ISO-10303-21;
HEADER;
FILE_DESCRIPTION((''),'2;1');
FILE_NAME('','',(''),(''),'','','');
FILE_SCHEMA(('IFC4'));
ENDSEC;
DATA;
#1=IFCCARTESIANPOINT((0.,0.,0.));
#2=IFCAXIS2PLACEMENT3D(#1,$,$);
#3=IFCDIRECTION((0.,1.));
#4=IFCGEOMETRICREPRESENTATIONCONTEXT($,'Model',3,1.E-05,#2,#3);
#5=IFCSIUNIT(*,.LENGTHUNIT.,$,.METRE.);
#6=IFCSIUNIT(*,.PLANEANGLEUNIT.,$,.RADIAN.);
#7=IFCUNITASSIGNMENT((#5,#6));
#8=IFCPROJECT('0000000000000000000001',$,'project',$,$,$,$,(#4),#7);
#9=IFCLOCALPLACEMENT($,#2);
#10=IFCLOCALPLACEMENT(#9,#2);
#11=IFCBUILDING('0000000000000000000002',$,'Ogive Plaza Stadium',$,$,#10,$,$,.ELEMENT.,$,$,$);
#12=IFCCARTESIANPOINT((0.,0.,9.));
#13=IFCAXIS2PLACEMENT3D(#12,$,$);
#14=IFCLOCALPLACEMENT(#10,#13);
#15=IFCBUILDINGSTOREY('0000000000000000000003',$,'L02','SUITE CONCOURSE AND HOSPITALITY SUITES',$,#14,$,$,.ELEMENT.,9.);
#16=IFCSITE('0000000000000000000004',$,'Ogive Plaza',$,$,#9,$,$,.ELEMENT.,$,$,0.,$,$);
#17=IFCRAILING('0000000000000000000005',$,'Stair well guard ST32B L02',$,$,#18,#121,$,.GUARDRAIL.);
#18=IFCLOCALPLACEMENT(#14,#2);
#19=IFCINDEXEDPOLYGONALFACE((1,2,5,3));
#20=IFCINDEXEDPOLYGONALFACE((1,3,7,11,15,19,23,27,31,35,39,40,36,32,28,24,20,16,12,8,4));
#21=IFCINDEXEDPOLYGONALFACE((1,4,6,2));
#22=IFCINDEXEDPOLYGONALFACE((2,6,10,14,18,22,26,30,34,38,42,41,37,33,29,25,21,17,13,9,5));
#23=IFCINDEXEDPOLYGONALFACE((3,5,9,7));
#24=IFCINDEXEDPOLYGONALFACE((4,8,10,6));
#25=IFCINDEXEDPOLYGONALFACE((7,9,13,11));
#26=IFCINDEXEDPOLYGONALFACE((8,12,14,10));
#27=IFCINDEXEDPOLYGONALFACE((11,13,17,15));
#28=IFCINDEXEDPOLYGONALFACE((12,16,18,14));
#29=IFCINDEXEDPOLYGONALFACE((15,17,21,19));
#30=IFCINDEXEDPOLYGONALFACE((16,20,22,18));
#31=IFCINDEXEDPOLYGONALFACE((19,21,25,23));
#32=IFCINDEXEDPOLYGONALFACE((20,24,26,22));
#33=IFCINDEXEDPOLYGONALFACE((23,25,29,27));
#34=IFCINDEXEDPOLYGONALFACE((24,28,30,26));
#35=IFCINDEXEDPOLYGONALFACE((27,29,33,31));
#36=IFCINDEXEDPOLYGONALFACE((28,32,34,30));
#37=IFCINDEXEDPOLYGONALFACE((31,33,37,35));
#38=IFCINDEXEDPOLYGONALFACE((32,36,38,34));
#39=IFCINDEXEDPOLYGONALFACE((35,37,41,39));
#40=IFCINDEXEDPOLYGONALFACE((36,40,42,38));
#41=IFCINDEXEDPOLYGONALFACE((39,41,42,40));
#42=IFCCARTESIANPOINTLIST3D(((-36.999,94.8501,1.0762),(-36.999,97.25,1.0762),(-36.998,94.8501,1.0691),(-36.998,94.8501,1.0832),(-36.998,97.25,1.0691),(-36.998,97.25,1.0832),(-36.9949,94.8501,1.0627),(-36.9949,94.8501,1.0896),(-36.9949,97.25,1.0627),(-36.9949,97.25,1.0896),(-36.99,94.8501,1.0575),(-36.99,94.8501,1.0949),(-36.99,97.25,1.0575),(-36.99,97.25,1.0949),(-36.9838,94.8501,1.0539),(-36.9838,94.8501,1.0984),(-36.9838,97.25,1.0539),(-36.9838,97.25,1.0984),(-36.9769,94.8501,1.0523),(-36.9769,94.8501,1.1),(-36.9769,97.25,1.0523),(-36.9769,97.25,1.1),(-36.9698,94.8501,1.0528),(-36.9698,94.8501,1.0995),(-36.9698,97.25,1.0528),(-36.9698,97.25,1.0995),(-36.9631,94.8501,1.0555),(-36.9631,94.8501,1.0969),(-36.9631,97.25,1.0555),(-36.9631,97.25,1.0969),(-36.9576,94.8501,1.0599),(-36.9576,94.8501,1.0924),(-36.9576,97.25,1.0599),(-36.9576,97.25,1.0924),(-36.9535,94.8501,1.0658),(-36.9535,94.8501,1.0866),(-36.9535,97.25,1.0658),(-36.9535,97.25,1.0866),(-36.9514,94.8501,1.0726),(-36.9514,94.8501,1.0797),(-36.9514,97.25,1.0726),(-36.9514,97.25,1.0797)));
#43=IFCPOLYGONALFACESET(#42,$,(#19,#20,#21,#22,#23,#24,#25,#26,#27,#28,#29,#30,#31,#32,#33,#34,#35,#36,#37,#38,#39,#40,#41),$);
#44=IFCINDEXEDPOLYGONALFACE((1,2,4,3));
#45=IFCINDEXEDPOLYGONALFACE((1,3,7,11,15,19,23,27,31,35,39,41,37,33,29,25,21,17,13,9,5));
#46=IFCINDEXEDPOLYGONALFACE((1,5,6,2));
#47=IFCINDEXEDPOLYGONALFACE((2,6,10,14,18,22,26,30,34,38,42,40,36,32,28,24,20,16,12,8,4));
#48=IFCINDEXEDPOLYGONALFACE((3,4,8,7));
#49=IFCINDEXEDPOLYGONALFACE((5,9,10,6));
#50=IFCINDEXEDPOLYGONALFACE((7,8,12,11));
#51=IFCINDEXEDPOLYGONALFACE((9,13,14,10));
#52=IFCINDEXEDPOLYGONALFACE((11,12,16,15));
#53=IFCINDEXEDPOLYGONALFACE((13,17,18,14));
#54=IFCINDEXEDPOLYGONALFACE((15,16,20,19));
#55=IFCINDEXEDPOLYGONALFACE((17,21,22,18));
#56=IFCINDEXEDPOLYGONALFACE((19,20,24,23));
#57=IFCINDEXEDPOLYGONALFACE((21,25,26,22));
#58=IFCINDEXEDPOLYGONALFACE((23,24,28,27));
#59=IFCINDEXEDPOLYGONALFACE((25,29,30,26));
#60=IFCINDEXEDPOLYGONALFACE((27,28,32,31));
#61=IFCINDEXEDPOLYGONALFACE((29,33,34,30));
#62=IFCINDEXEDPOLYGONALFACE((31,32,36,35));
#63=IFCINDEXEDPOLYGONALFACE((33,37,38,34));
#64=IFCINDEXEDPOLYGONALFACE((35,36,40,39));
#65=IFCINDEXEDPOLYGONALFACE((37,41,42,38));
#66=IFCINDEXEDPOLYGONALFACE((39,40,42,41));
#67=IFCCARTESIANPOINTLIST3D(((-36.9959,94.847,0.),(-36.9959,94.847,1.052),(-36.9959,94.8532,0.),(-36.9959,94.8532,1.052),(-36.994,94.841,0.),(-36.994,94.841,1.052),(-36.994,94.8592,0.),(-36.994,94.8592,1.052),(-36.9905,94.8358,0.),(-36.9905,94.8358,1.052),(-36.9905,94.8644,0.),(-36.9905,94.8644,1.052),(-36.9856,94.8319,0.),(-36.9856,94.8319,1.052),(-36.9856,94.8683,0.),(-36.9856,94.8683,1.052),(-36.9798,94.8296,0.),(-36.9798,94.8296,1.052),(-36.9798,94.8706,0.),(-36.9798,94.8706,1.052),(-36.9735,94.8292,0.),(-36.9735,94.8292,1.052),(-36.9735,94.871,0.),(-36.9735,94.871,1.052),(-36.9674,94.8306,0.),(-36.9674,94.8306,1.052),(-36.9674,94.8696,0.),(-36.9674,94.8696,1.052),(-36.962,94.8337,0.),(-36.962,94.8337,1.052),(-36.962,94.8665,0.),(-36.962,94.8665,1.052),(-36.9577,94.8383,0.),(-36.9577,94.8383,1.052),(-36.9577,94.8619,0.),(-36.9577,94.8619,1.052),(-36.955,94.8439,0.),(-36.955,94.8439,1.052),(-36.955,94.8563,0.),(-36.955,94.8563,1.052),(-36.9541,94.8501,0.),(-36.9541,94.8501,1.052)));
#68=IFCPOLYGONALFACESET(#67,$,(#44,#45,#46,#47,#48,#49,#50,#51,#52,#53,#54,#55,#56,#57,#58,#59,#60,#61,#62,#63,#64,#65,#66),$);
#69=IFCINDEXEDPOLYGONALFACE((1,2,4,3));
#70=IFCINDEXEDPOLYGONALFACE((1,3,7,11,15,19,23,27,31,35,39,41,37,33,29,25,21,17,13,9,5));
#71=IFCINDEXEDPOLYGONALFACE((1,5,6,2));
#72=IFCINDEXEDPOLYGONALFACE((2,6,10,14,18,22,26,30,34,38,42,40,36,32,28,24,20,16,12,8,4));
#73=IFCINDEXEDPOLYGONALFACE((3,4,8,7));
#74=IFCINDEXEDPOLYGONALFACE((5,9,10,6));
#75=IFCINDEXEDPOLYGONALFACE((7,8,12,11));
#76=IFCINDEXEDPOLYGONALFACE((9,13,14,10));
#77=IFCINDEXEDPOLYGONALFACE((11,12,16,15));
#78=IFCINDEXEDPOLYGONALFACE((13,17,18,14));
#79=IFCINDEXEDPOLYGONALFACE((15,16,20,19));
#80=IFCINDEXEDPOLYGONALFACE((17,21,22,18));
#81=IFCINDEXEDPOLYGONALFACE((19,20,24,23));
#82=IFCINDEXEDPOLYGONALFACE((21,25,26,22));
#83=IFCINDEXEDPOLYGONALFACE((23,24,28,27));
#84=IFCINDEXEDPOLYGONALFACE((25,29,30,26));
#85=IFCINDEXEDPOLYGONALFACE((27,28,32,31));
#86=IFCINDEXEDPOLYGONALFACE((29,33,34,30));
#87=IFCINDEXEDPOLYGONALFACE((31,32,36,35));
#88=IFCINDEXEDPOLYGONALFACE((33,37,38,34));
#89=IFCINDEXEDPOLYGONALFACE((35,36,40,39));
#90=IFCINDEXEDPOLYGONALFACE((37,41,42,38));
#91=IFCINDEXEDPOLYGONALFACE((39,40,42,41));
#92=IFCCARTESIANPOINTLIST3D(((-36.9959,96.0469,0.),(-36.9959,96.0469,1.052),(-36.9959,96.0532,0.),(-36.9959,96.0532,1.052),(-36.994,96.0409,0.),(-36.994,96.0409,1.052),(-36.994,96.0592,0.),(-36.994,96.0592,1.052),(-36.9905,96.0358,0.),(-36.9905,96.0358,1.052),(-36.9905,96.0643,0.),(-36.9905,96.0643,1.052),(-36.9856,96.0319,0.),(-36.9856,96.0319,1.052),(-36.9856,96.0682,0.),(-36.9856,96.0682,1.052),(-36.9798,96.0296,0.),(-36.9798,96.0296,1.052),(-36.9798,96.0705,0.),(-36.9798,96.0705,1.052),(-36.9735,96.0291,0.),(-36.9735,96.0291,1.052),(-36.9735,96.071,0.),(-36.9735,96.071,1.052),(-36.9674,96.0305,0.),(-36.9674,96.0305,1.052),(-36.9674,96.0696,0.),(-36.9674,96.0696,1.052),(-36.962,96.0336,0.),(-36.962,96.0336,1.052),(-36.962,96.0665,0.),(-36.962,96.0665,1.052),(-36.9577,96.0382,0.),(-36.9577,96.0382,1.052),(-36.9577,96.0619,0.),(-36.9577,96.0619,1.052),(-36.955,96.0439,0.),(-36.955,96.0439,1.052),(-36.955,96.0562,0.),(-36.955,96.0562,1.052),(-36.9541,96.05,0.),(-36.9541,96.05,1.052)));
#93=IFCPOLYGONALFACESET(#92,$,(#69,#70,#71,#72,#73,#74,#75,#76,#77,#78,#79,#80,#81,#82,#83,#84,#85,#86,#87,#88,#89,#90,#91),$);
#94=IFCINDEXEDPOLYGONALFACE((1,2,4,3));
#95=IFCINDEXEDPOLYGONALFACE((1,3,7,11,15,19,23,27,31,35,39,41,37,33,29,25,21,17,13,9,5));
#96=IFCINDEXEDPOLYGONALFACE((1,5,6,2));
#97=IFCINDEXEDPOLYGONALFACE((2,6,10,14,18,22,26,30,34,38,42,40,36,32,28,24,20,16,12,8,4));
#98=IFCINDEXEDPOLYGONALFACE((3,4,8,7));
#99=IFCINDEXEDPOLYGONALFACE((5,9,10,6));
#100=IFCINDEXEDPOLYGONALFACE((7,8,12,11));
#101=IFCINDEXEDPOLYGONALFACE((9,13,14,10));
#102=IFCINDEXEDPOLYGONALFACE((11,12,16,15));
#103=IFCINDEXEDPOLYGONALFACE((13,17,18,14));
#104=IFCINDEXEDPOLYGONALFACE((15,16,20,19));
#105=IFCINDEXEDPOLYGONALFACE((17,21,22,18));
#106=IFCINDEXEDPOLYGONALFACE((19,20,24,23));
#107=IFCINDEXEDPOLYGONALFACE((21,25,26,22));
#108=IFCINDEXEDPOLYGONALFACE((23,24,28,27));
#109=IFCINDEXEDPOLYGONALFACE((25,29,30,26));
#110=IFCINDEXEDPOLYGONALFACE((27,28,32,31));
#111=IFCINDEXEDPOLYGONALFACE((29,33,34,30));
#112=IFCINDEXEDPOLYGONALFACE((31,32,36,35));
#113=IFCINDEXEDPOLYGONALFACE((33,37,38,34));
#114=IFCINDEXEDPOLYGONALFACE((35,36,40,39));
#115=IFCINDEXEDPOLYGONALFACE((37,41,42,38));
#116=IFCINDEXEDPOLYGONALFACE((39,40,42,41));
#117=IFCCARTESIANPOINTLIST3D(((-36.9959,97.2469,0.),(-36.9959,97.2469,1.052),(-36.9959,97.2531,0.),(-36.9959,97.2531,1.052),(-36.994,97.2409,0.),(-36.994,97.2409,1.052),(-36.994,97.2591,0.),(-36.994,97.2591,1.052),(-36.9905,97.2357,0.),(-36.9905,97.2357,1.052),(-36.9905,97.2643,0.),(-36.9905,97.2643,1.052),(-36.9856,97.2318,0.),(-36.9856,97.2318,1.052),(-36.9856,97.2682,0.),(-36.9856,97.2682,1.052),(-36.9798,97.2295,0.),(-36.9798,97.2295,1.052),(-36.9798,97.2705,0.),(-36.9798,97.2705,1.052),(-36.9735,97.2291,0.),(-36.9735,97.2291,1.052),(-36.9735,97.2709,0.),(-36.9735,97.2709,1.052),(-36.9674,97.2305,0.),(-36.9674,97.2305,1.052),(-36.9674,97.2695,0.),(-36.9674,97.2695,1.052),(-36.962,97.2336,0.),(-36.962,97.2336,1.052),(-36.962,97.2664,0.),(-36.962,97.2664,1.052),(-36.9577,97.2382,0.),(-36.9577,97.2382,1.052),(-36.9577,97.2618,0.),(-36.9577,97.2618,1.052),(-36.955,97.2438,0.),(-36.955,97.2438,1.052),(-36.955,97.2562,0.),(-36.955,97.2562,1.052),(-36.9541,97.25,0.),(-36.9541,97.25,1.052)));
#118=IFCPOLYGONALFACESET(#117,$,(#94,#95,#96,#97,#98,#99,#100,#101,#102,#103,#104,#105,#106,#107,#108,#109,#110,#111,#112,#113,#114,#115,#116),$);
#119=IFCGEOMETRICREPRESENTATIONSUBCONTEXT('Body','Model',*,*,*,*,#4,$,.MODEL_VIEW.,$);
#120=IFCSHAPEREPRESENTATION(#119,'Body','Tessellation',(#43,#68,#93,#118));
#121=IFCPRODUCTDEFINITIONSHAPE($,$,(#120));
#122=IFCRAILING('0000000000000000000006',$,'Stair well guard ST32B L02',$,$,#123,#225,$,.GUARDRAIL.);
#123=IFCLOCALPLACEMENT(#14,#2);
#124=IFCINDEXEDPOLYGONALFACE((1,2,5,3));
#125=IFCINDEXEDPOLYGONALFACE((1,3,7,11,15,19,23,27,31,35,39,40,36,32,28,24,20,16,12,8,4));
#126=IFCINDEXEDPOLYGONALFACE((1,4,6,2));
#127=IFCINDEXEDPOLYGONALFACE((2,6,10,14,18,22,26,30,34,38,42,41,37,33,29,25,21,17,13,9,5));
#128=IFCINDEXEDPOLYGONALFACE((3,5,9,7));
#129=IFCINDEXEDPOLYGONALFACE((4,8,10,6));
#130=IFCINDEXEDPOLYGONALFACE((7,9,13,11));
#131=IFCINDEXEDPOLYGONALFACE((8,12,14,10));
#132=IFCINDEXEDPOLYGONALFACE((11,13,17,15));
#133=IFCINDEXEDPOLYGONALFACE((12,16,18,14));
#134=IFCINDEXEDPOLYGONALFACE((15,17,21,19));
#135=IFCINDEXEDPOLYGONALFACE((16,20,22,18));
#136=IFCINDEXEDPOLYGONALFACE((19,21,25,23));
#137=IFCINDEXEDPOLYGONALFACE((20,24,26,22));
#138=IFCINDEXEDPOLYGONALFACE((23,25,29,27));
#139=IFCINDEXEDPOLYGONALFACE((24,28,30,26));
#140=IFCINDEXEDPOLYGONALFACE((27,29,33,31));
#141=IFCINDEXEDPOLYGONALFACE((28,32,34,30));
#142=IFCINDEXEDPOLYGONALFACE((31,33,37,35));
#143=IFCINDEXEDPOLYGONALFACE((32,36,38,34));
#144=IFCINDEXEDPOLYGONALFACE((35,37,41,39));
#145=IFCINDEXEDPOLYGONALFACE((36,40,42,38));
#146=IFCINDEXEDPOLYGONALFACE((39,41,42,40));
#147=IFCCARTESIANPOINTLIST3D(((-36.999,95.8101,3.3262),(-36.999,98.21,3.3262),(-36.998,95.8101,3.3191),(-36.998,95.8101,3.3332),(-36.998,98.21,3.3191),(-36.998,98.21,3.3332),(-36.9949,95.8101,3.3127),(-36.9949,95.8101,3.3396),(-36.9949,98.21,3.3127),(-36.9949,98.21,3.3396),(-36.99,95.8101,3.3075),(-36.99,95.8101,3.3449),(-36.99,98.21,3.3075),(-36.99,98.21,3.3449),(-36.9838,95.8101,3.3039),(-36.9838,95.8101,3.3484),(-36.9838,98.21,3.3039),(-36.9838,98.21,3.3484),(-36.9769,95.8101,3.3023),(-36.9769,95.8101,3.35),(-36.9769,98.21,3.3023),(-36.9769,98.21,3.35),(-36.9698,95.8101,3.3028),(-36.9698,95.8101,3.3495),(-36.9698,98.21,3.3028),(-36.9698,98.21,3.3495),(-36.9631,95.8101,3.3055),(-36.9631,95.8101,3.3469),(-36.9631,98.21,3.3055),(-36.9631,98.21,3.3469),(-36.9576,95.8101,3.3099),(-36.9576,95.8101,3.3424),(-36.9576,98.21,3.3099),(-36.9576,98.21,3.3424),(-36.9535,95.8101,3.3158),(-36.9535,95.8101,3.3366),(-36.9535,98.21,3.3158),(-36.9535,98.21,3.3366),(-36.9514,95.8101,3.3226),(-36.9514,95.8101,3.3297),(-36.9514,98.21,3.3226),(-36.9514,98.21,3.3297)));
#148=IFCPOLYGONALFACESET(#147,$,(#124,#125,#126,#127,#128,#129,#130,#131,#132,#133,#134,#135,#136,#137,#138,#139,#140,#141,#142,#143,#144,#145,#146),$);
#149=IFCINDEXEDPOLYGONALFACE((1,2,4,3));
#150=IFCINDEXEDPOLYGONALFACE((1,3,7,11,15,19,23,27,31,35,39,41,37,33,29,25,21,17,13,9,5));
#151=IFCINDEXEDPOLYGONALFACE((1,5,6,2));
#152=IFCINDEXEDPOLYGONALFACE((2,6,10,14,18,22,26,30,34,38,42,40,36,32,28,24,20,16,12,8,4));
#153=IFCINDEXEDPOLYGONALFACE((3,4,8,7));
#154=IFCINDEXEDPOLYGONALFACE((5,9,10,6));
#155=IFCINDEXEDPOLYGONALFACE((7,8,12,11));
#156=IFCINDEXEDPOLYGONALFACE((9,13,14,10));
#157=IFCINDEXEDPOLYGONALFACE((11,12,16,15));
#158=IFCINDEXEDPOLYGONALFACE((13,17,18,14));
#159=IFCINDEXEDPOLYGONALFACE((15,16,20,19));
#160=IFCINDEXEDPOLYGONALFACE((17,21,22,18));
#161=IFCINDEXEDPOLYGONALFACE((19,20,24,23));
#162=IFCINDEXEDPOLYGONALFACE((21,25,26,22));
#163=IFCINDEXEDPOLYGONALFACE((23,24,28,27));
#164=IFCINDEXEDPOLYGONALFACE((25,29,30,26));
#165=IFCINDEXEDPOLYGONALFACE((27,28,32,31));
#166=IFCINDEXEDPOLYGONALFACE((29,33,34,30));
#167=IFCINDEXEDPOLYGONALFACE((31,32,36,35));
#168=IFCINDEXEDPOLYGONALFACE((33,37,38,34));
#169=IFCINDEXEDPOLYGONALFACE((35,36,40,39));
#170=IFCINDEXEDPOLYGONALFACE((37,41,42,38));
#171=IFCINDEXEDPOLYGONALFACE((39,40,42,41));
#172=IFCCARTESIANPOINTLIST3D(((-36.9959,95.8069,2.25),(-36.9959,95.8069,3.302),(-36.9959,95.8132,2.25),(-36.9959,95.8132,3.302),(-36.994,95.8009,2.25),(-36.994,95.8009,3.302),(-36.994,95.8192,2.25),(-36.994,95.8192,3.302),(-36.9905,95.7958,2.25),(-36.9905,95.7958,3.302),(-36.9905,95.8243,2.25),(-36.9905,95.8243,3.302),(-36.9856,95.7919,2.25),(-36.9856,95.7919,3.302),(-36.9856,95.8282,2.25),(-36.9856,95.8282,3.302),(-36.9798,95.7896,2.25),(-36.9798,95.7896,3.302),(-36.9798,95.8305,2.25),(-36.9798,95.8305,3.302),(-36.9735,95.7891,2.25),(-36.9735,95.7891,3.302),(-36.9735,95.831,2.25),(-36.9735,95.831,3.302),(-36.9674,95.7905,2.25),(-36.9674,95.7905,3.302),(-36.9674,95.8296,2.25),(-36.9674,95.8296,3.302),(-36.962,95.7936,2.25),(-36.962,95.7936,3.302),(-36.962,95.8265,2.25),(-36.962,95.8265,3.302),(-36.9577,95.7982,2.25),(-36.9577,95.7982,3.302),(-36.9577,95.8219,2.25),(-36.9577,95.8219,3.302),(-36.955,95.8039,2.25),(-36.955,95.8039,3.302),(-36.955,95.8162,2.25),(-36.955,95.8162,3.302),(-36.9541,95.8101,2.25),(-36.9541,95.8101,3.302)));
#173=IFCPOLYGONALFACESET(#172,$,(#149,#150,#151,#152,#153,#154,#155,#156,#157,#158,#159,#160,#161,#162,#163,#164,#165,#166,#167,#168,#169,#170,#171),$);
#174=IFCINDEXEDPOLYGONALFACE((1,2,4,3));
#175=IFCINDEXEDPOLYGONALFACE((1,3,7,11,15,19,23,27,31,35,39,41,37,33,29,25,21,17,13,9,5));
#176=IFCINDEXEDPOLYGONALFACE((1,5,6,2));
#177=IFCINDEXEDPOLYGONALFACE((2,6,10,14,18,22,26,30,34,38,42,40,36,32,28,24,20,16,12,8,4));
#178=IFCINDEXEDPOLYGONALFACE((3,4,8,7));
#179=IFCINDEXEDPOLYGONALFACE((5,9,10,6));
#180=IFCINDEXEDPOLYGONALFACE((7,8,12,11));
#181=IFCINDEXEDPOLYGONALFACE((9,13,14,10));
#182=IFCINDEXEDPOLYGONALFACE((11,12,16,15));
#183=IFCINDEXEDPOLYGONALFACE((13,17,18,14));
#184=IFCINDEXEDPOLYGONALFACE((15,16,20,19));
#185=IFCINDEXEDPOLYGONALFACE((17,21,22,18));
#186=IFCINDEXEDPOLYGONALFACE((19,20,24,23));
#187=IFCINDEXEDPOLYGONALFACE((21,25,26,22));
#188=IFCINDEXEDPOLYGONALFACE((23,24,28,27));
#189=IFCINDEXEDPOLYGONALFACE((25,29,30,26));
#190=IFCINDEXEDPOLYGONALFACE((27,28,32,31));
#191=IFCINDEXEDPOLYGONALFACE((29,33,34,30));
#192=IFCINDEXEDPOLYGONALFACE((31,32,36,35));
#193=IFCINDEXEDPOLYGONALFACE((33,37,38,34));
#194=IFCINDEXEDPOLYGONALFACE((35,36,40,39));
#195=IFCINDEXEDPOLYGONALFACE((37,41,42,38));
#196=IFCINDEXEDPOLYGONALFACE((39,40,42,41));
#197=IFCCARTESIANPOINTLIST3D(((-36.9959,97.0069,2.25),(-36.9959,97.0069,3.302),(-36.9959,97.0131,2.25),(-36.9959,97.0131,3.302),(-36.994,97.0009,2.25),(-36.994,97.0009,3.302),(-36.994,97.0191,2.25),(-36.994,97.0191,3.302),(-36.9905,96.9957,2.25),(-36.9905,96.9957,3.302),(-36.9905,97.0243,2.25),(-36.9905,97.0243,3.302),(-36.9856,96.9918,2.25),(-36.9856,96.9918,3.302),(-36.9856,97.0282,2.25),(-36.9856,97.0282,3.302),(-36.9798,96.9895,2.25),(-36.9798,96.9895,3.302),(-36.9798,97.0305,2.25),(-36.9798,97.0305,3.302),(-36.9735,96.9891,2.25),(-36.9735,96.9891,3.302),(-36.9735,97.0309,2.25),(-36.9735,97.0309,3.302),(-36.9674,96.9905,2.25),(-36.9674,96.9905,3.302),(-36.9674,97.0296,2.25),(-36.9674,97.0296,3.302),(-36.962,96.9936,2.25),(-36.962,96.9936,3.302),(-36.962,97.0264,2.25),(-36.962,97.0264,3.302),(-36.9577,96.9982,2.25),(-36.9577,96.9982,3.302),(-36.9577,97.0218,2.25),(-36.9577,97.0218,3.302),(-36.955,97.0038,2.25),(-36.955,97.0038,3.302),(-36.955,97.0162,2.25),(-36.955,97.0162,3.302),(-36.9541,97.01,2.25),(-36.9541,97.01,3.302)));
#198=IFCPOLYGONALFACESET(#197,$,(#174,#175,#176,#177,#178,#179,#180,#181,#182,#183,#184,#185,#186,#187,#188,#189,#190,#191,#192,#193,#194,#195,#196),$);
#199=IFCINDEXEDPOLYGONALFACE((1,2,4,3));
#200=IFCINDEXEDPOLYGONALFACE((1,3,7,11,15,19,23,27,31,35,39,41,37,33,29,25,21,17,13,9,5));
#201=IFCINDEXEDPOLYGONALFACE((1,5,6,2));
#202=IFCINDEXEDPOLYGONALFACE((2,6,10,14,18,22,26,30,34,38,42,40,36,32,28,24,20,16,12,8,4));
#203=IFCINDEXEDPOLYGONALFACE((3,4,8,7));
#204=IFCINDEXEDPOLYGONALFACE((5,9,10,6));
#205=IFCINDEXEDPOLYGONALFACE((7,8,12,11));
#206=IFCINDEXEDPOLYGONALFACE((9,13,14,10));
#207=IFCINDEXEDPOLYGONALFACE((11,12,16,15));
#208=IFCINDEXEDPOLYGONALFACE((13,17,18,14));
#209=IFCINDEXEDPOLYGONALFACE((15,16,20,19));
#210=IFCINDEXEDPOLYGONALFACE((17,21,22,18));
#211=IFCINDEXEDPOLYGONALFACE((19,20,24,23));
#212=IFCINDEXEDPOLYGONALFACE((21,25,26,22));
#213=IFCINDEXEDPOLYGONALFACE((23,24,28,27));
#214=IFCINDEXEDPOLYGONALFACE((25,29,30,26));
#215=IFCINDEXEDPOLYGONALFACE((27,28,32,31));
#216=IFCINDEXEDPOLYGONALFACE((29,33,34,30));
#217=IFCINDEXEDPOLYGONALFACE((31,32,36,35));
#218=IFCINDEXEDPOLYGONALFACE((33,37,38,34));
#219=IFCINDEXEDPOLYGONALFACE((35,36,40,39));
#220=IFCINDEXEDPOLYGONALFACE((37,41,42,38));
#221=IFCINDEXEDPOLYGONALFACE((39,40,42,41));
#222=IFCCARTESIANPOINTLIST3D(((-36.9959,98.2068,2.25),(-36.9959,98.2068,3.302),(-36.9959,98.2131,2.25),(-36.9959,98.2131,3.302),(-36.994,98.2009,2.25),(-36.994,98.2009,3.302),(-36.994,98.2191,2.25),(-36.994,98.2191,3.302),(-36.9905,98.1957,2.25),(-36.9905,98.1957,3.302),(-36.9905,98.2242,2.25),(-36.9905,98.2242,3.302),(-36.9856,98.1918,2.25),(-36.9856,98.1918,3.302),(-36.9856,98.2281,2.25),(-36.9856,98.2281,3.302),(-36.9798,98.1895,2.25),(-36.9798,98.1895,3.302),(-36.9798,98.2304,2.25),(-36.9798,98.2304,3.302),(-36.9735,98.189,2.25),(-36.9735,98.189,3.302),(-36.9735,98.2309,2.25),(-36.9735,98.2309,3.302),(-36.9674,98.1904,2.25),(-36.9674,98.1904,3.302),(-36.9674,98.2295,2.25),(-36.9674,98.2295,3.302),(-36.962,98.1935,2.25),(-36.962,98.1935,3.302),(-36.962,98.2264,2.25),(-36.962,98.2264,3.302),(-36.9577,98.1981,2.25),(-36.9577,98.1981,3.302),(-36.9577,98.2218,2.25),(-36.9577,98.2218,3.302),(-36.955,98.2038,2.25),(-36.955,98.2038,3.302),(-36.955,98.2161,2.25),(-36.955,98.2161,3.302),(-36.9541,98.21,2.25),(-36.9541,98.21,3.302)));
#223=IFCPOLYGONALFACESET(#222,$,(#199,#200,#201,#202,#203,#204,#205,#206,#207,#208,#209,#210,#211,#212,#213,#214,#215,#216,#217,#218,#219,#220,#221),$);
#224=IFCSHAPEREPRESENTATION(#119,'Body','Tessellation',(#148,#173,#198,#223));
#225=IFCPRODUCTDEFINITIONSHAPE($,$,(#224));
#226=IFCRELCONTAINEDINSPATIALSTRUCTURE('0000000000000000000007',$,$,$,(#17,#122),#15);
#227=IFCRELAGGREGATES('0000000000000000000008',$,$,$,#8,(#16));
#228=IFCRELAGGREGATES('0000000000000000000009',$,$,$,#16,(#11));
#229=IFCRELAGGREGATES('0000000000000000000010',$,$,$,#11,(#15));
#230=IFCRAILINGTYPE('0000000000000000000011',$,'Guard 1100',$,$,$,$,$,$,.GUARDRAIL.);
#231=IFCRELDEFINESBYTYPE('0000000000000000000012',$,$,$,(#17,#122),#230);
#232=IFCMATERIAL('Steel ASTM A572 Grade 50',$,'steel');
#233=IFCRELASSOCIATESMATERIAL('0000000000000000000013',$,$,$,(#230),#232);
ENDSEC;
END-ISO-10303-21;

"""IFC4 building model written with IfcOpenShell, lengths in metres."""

from ifc_helpers import new_model, si_unit, direction, frame, origin, origin_2d, place, context, subcontext, project, spatial, circle, extrude, material, type_object, element, save


model = new_model("IFC4")

# Units and contexts
model_context = context("Model", 3, precision=1e-05, world=origin(), true_north=direction((0.0, 1.0)))
body_context = subcontext(model_context, "Body", "Model", "MODEL_VIEW")
ifc_project = project(units=[si_unit("LENGTHUNIT", "METRE"), si_unit("PLANEANGLEUNIT", "RADIAN")], contexts=[model_context])

# Site, building, storey
site_placement = place(None, origin())
site = spatial("IfcSite", under=ifc_project, at=site_placement, Name="Ogive Plaza", CompositionType="ELEMENT", RefElevation=0.0)
building_placement = place(site_placement, origin())
building = spatial("IfcBuilding", under=site, at=building_placement, Name="Ogive Plaza Stadium", CompositionType="ELEMENT")
storey_placement = place(building_placement, frame((0.0, 0.0, 9.0)))
storey = spatial("IfcBuildingStorey", under=building, at=storey_placement, Name="L02", Description="SUITE CONCOURSE AND HOSPITALITY SUITES", CompositionType="ELEMENT", Elevation=9.0)

# Railings
ifc_material_1 = material(Name="Steel ASTM A572 Grade 50", Category="steel")
railing_type_1 = type_object("IfcRailingType", Name="Guard 1100", PredefinedType="GUARDRAIL", material=ifc_material_1)
for number, where, name in (
    (1, (-36.9751, 94.8501, 0.0), "Stair well guard ST32B L02"),
    (2, (-36.9751, 95.8101, 2.25), "Stair well guard ST32B L02"),
):
    element("IfcRailing", number, at=place(storey_placement, frame(where)), inside=storey, type_object=railing_type_1, Name=name, PredefinedType="GUARDRAIL", context=body_context, shape_type="SweptSolid", body=[
        extrude(circle(Radius=0.0239, at=origin_2d()), frame((0.0, 0.0, 1.0762), z_axis=(0.0, 1.0, 0.0), x_axis=(-1.0, 0.0, 0.0)), (0.0, 0.0, 1.0), 2.3999),
        extrude(circle(Radius=0.021, at=origin_2d()), origin(), (0.0, 0.0, 1.0), 1.052),
        extrude(circle(Radius=0.021, at=origin_2d()), frame((0.0, 1.2, 0.0)), (0.0, 0.0, 1.0), 1.052),
        extrude(circle(Radius=0.021, at=origin_2d()), frame((0.0, 2.3999, 0.0)), (0.0, 0.0, 1.0), 1.052),
    ])

save(model, "model.ifc")
